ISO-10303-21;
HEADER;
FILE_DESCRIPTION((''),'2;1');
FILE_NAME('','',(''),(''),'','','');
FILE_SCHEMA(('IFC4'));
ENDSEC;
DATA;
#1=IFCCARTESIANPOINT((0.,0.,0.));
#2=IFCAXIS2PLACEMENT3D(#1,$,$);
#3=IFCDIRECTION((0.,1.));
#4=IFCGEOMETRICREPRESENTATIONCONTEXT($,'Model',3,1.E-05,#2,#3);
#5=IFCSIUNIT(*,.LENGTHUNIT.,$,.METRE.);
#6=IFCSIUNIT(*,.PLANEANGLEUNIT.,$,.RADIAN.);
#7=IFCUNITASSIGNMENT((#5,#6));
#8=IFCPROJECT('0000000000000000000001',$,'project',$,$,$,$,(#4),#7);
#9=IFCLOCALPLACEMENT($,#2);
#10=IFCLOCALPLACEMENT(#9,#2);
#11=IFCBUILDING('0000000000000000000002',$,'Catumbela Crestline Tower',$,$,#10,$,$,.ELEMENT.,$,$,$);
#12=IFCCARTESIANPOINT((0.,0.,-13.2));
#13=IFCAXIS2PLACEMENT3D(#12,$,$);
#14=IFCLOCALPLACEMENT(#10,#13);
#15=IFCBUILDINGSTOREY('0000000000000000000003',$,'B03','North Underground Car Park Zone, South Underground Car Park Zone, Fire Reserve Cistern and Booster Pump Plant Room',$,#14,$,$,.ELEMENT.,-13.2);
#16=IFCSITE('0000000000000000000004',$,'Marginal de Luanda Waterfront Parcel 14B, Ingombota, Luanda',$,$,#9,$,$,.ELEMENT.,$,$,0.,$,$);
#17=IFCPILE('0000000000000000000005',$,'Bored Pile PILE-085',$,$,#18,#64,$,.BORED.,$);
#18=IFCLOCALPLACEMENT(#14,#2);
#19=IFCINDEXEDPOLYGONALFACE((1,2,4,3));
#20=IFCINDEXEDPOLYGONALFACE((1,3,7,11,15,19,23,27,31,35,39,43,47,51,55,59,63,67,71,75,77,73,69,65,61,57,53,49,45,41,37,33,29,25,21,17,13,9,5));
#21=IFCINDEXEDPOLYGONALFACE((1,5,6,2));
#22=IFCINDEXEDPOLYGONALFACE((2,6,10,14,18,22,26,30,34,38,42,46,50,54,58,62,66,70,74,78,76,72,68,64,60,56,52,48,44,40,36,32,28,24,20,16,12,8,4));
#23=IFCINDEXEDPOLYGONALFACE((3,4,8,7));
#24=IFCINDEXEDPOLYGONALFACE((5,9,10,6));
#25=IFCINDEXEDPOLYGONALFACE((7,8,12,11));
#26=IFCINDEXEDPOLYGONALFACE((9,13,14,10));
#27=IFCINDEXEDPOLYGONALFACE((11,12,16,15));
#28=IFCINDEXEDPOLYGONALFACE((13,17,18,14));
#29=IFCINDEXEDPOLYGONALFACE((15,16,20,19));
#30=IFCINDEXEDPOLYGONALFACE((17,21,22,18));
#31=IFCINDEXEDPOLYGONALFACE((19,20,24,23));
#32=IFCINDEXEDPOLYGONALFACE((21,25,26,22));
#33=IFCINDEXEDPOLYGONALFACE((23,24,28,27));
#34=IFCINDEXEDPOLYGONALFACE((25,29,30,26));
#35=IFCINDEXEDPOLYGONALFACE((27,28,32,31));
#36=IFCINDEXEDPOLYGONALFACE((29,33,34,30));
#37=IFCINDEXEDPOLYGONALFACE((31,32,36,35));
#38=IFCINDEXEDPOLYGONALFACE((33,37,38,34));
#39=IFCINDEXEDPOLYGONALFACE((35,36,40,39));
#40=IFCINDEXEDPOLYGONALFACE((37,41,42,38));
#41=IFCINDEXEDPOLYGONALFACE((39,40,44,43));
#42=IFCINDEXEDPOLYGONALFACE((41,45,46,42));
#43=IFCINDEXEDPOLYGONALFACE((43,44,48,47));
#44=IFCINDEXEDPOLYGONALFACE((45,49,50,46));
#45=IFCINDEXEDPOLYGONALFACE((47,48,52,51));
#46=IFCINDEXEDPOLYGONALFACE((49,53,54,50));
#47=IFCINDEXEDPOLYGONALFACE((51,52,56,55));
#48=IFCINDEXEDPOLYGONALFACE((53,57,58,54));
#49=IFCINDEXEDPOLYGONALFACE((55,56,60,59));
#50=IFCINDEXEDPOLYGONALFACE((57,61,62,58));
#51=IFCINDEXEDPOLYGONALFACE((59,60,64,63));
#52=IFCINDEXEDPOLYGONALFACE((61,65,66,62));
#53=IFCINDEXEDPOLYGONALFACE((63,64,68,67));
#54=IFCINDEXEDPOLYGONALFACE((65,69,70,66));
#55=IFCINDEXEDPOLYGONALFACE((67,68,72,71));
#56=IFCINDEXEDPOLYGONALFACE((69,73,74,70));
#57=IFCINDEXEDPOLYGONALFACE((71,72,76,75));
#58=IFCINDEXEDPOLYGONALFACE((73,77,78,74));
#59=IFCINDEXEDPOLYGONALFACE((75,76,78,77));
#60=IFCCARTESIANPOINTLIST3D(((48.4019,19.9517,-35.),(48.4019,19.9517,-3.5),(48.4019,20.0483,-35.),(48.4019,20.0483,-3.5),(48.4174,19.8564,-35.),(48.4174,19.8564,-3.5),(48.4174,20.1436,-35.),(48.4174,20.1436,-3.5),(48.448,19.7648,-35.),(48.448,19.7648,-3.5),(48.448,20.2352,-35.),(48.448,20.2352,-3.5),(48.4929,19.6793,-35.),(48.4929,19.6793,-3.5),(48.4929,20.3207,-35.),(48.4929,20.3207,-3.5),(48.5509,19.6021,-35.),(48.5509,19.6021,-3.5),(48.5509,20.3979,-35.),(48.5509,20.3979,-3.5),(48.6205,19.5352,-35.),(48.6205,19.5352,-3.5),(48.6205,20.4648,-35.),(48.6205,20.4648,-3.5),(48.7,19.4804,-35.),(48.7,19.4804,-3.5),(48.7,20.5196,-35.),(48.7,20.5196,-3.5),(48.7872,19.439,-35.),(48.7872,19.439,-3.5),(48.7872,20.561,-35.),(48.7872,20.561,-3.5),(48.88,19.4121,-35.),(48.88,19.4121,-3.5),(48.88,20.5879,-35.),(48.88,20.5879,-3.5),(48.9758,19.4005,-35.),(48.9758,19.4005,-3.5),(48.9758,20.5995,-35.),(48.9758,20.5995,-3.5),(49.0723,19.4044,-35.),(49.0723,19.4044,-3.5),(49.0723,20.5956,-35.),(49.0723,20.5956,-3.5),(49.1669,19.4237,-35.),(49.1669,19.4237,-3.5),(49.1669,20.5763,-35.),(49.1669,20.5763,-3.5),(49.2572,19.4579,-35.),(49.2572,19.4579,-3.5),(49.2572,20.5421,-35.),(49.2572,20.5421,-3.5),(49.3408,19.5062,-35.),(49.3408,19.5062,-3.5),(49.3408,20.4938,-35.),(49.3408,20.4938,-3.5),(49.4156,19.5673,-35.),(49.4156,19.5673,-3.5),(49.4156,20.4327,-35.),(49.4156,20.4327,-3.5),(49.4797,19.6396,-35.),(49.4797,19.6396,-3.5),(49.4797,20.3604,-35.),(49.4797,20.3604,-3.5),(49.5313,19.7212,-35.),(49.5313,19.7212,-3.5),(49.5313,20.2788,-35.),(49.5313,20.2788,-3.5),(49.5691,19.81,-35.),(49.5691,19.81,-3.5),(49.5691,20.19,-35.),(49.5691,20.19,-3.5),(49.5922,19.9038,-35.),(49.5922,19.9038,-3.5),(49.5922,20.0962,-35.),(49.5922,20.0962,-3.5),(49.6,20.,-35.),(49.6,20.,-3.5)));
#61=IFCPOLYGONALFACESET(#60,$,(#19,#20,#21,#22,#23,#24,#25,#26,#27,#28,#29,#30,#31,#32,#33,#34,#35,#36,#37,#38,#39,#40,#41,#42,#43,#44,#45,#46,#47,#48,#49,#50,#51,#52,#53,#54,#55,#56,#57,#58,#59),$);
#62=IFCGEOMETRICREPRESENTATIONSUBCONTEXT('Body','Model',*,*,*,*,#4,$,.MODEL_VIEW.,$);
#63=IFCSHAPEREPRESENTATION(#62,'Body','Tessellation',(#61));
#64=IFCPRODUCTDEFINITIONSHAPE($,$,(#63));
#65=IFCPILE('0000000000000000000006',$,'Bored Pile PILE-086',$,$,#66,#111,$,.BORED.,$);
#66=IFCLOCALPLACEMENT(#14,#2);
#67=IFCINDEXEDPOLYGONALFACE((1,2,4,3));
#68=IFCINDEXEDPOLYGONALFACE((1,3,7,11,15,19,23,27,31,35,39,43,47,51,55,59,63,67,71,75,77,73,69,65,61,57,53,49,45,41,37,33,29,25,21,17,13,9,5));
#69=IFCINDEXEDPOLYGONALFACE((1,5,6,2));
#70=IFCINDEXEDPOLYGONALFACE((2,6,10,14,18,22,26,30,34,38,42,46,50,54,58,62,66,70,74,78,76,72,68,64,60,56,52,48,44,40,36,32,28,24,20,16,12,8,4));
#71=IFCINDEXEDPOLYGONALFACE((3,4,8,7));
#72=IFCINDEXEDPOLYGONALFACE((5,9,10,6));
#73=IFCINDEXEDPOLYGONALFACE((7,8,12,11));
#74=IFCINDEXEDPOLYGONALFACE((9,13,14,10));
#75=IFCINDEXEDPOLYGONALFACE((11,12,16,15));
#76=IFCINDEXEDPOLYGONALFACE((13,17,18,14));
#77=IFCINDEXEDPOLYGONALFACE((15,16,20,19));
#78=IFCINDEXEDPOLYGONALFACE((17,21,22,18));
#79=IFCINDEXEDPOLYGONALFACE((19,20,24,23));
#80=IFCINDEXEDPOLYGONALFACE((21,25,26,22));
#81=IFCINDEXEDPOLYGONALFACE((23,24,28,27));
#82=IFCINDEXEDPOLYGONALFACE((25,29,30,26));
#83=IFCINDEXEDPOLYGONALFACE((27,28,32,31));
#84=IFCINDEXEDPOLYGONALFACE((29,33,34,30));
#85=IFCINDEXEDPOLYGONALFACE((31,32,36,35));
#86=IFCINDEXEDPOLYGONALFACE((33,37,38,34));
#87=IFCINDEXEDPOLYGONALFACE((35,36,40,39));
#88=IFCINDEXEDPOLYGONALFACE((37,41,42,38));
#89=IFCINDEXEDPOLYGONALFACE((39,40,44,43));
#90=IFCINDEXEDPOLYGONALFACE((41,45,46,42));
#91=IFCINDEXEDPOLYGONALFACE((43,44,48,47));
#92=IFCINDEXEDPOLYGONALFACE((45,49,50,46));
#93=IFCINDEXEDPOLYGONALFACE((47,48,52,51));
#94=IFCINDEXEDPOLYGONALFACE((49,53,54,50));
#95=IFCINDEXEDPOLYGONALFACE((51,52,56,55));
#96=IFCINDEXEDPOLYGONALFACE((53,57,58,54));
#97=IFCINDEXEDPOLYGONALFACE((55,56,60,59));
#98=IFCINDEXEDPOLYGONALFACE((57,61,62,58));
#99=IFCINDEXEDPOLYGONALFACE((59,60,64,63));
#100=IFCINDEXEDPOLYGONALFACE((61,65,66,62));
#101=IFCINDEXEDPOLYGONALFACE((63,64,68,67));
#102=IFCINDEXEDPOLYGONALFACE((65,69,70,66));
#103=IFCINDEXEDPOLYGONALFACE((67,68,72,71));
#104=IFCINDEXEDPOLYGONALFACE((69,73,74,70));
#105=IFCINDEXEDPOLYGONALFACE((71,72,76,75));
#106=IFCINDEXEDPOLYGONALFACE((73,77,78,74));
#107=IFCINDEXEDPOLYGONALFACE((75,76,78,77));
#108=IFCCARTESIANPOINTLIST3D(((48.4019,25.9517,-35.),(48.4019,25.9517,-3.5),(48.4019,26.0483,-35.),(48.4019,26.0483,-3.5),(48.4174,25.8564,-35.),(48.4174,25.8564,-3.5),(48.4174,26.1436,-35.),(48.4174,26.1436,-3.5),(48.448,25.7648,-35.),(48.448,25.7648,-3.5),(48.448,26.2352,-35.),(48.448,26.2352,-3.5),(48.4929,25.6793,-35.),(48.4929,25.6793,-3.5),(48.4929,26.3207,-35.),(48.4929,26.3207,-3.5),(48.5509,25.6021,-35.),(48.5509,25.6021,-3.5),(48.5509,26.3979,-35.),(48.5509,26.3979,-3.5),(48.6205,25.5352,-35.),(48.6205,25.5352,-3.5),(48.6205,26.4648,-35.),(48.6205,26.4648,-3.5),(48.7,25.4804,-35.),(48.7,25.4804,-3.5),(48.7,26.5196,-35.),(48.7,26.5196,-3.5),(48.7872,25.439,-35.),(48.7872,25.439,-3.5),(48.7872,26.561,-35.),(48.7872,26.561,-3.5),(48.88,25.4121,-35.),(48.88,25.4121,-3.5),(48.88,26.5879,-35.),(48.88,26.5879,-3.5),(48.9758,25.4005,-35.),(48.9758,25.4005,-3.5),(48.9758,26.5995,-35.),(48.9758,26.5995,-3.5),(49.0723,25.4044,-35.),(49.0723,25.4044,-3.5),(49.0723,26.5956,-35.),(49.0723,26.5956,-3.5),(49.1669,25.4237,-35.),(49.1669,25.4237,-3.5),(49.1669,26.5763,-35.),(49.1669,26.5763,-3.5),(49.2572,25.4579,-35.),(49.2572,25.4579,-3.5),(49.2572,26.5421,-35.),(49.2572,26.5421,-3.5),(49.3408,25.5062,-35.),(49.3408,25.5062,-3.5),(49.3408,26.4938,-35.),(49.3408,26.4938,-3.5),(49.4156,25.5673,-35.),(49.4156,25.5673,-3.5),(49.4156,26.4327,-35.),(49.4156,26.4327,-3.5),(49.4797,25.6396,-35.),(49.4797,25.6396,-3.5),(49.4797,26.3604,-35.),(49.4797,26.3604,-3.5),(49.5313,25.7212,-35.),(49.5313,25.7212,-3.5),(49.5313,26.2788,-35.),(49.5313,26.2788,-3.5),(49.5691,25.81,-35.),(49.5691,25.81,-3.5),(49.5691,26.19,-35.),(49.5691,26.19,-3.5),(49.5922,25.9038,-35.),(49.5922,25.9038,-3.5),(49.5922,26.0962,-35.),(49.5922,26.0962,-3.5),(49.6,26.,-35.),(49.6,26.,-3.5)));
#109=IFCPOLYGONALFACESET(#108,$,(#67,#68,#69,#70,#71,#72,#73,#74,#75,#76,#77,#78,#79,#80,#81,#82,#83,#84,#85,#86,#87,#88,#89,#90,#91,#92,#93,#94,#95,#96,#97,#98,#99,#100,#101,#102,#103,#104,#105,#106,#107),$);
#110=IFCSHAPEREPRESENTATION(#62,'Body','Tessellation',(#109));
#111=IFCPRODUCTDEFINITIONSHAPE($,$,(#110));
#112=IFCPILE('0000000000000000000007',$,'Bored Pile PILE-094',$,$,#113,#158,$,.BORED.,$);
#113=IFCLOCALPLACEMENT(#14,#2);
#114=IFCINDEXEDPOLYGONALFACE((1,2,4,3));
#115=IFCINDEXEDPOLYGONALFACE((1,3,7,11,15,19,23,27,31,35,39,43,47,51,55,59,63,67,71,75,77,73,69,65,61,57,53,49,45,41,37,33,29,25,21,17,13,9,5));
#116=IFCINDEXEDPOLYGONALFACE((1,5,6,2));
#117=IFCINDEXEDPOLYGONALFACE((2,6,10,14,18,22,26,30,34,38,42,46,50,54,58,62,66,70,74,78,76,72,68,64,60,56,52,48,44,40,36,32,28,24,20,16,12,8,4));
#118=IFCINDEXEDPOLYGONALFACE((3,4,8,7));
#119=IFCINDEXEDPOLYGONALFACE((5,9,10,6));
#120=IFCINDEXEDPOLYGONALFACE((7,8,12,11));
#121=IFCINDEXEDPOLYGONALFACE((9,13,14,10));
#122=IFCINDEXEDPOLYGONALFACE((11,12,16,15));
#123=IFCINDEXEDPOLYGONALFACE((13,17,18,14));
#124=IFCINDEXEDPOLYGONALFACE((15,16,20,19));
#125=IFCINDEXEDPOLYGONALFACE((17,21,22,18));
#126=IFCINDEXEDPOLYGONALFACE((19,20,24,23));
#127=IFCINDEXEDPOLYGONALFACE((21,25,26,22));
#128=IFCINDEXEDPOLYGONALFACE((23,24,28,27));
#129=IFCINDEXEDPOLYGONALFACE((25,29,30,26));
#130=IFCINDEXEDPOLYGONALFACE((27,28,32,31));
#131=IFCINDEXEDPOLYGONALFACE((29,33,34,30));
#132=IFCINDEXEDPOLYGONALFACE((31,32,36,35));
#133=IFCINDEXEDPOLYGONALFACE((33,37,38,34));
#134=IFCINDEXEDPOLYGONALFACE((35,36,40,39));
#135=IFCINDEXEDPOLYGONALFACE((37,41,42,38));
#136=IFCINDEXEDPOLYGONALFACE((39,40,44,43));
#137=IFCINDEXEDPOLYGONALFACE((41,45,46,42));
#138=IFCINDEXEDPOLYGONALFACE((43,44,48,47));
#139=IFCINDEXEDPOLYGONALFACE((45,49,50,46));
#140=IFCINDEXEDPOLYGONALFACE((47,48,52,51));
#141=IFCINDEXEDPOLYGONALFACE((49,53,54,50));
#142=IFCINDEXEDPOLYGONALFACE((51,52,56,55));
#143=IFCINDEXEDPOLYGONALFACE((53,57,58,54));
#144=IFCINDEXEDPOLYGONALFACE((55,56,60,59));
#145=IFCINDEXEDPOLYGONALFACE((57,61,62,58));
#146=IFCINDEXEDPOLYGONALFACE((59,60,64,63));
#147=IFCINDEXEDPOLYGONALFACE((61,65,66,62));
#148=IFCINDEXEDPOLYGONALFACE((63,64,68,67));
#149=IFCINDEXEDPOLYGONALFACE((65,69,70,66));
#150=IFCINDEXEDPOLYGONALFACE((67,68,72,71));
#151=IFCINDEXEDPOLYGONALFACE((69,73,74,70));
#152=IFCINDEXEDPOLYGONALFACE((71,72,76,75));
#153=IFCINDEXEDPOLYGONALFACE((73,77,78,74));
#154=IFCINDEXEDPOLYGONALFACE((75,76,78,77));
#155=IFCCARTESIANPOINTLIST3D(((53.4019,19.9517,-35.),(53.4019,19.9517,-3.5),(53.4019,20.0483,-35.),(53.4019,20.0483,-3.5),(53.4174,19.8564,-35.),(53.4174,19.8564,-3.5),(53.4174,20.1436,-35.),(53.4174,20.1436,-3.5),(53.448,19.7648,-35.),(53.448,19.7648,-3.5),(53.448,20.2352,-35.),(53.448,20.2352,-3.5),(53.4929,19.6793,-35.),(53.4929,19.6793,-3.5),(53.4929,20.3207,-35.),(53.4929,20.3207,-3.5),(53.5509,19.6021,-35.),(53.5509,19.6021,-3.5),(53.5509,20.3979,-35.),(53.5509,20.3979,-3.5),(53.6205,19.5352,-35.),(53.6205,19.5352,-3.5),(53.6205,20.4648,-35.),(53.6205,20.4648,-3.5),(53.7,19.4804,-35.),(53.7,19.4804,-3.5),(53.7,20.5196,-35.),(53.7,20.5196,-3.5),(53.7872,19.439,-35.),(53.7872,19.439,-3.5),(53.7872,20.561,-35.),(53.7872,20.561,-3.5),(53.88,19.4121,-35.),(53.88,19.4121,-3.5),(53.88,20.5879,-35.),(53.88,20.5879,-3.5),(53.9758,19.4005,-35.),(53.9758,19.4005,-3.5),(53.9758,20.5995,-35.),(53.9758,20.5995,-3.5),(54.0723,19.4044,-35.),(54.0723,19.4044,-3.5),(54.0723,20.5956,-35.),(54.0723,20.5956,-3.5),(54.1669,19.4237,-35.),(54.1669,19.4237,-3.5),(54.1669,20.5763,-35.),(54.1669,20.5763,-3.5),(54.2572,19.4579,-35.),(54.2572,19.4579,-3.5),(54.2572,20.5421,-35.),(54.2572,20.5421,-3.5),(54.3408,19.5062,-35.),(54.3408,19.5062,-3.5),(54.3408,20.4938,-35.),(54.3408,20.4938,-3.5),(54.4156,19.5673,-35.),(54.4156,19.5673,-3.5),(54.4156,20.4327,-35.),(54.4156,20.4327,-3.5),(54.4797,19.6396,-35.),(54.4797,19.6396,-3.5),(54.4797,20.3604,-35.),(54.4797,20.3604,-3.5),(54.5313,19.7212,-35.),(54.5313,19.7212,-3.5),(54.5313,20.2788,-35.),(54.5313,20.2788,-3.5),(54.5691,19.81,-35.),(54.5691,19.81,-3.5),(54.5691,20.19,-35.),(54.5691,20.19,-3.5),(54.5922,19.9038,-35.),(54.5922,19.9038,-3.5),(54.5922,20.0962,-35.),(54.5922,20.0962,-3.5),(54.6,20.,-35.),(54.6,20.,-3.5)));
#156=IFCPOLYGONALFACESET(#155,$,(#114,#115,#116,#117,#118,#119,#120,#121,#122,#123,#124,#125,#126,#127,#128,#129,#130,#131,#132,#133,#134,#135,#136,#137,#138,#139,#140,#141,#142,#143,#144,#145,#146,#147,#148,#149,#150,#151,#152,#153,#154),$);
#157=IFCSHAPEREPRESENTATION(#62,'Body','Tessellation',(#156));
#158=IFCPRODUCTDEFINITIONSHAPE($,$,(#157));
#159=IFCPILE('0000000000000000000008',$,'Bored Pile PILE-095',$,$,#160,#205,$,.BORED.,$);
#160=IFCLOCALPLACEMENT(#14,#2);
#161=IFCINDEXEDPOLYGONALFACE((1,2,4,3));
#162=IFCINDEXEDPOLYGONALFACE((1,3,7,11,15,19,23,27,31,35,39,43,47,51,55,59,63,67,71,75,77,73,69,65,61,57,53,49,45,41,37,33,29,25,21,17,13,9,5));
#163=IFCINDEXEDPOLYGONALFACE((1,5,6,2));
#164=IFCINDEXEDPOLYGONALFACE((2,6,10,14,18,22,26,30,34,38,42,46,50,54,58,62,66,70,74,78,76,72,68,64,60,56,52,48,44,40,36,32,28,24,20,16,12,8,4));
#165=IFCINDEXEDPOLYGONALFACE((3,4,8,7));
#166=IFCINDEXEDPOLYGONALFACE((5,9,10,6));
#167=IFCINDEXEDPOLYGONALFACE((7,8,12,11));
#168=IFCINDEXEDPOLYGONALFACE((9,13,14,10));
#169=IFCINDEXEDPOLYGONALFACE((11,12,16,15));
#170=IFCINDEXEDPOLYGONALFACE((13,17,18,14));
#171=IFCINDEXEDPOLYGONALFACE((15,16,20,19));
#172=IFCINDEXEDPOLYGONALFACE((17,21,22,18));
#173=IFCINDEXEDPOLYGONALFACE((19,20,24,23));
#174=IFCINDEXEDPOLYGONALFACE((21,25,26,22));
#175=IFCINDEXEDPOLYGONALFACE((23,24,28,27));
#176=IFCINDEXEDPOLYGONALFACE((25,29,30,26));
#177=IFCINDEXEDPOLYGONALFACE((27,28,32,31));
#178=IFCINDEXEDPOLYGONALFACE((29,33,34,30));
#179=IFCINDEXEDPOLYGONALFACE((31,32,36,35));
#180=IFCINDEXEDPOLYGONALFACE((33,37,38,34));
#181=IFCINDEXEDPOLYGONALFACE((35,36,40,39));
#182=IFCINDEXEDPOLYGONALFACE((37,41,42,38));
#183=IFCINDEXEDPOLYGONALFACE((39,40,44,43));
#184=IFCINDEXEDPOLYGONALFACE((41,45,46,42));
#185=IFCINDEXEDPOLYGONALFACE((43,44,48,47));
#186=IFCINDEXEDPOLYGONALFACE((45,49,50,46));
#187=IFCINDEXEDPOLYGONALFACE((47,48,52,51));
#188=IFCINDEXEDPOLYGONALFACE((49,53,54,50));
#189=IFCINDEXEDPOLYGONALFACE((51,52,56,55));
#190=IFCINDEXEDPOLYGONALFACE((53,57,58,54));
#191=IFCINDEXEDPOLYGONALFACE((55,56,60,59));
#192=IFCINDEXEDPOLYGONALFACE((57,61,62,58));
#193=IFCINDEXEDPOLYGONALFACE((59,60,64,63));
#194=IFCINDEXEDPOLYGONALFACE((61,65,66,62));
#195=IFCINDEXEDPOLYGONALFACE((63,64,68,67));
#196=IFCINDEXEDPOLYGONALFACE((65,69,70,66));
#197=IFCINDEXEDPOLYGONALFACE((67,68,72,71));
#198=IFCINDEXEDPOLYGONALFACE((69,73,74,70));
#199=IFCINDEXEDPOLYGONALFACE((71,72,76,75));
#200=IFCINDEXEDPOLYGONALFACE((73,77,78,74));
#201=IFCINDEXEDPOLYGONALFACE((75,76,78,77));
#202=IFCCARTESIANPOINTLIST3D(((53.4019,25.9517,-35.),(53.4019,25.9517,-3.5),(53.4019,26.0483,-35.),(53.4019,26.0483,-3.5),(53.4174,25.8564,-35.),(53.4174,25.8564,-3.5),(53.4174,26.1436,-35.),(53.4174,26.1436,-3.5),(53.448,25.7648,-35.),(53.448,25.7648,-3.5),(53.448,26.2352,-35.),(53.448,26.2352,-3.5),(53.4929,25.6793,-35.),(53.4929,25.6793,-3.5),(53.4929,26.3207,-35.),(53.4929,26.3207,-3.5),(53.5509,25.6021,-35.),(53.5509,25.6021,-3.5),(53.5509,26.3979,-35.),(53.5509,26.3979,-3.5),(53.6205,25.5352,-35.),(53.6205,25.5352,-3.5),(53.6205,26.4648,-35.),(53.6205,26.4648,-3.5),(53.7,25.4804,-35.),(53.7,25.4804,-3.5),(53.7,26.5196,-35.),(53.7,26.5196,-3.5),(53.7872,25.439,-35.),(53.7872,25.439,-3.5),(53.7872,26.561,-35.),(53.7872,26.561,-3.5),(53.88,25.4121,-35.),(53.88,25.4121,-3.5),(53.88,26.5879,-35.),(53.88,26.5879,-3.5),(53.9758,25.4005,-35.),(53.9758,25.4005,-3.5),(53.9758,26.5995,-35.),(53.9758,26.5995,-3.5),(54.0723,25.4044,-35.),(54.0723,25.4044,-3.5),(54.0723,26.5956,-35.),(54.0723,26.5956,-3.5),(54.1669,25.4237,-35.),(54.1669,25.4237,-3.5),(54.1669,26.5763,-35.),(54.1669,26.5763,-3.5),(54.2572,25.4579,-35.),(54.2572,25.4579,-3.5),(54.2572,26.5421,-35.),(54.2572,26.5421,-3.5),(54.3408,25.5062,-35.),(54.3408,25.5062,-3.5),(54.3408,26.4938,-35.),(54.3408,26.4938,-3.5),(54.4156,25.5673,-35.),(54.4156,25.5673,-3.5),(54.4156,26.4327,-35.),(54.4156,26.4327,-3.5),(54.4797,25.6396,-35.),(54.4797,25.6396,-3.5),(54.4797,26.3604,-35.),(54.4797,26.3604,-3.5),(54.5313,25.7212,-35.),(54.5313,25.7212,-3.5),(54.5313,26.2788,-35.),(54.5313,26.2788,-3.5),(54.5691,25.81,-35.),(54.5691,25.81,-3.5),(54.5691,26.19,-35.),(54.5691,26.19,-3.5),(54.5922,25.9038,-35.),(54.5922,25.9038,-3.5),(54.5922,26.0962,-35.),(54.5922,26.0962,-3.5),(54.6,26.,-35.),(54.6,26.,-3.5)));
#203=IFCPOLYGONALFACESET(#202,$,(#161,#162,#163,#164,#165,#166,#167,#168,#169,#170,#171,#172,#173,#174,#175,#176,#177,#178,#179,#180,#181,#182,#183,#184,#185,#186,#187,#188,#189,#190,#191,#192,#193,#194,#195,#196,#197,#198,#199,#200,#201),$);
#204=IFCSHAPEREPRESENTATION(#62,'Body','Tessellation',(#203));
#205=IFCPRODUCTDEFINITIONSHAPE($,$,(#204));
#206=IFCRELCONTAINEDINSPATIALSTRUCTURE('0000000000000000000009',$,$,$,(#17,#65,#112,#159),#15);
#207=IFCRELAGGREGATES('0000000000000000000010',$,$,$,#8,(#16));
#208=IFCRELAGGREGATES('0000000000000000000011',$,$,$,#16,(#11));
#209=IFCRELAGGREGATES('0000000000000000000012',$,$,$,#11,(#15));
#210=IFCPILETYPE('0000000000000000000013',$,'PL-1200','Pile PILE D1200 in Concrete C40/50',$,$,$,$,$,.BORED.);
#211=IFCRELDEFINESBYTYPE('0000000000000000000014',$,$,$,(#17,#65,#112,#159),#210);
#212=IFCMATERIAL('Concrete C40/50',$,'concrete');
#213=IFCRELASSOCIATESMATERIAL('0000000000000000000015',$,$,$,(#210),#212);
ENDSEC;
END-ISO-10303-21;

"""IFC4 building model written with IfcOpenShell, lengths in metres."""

from ifc_helpers import new_model, si_unit, direction, frame, origin, origin_2d, place, context, subcontext, project, spatial, circle, extrude, material, material_profile, profile_set, type_object, element, save


model = new_model("IFC4")

# Units and contexts
model_context = context("Model", 3, precision=1e-05, world=origin(), true_north=direction((0.0, 1.0)))
body_context = subcontext(model_context, "Body", "Model", "MODEL_VIEW")
ifc_project = project(units=[si_unit("LENGTHUNIT", "METRE"), si_unit("PLANEANGLEUNIT", "RADIAN")], contexts=[model_context])

# Site, building, storey
site_placement = place(None, origin())
site = spatial("IfcSite", under=ifc_project, at=site_placement, Name="Marginal de Luanda Waterfront Parcel 14B, Ingombota, Luanda", CompositionType="ELEMENT", RefElevation=0.0)
building_placement = place(site_placement, origin())
building = spatial("IfcBuilding", under=site, at=building_placement, Name="Catumbela Crestline Tower", CompositionType="ELEMENT")
storey_placement = place(building_placement, frame((0.0, 0.0, -13.2)))
storey = spatial("IfcBuildingStorey", under=building, at=storey_placement, Name="B03", Description="North Underground Car Park Zone, South Underground Car Park Zone, Fire Reserve Cistern and Booster Pump Plant Room", CompositionType="ELEMENT", Elevation=-13.2)

# Piles
ifc_material_1 = material(Name="Concrete C40/50", Category="concrete")
ifc_material_profile_1 = material_profile(ifc_material_1, circle(Radius=0.6, at=origin_2d()), Name="PILE D1200")
ifc_profile_set_1 = profile_set([ifc_material_profile_1], Name="Concrete C40/50")
pile_type_1 = type_object("IfcPileType", Name="PL-1200", Description="Pile PILE D1200 in Concrete C40/50", PredefinedType="BORED", material=ifc_profile_set_1)
for number, where, z_axis, x_axis, name in (
    (1, (49.0, 20.0, -3.5), (0.0, 0.0, -1.0), (1.0, 0.0, 0.0), "Bored Pile PILE-085"),
    (2, (49.0, 26.0, -3.5), (0.0, 0.0, -1.0), (1.0, 0.0, 0.0), "Bored Pile PILE-086"),
    (3, (54.0, 20.0, -3.5), (0.0, 0.0, -1.0), (1.0, 0.0, 0.0), "Bored Pile PILE-094"),
    (4, (54.0, 26.0, -3.5), (0.0, 0.0, -1.0), (1.0, 0.0, 0.0), "Bored Pile PILE-095"),
):
    element("IfcPile", number, at=place(storey_placement, frame(where, z_axis=z_axis, x_axis=x_axis)), inside=storey, type_object=pile_type_1, Name=name, PredefinedType="BORED", context=body_context, shape_type="SweptSolid", body=[
        extrude(circle(Radius=0.6, at=origin_2d()), origin(), (0.0, 0.0, 1.0), 31.5),
    ])

save(model, "model.ifc")
